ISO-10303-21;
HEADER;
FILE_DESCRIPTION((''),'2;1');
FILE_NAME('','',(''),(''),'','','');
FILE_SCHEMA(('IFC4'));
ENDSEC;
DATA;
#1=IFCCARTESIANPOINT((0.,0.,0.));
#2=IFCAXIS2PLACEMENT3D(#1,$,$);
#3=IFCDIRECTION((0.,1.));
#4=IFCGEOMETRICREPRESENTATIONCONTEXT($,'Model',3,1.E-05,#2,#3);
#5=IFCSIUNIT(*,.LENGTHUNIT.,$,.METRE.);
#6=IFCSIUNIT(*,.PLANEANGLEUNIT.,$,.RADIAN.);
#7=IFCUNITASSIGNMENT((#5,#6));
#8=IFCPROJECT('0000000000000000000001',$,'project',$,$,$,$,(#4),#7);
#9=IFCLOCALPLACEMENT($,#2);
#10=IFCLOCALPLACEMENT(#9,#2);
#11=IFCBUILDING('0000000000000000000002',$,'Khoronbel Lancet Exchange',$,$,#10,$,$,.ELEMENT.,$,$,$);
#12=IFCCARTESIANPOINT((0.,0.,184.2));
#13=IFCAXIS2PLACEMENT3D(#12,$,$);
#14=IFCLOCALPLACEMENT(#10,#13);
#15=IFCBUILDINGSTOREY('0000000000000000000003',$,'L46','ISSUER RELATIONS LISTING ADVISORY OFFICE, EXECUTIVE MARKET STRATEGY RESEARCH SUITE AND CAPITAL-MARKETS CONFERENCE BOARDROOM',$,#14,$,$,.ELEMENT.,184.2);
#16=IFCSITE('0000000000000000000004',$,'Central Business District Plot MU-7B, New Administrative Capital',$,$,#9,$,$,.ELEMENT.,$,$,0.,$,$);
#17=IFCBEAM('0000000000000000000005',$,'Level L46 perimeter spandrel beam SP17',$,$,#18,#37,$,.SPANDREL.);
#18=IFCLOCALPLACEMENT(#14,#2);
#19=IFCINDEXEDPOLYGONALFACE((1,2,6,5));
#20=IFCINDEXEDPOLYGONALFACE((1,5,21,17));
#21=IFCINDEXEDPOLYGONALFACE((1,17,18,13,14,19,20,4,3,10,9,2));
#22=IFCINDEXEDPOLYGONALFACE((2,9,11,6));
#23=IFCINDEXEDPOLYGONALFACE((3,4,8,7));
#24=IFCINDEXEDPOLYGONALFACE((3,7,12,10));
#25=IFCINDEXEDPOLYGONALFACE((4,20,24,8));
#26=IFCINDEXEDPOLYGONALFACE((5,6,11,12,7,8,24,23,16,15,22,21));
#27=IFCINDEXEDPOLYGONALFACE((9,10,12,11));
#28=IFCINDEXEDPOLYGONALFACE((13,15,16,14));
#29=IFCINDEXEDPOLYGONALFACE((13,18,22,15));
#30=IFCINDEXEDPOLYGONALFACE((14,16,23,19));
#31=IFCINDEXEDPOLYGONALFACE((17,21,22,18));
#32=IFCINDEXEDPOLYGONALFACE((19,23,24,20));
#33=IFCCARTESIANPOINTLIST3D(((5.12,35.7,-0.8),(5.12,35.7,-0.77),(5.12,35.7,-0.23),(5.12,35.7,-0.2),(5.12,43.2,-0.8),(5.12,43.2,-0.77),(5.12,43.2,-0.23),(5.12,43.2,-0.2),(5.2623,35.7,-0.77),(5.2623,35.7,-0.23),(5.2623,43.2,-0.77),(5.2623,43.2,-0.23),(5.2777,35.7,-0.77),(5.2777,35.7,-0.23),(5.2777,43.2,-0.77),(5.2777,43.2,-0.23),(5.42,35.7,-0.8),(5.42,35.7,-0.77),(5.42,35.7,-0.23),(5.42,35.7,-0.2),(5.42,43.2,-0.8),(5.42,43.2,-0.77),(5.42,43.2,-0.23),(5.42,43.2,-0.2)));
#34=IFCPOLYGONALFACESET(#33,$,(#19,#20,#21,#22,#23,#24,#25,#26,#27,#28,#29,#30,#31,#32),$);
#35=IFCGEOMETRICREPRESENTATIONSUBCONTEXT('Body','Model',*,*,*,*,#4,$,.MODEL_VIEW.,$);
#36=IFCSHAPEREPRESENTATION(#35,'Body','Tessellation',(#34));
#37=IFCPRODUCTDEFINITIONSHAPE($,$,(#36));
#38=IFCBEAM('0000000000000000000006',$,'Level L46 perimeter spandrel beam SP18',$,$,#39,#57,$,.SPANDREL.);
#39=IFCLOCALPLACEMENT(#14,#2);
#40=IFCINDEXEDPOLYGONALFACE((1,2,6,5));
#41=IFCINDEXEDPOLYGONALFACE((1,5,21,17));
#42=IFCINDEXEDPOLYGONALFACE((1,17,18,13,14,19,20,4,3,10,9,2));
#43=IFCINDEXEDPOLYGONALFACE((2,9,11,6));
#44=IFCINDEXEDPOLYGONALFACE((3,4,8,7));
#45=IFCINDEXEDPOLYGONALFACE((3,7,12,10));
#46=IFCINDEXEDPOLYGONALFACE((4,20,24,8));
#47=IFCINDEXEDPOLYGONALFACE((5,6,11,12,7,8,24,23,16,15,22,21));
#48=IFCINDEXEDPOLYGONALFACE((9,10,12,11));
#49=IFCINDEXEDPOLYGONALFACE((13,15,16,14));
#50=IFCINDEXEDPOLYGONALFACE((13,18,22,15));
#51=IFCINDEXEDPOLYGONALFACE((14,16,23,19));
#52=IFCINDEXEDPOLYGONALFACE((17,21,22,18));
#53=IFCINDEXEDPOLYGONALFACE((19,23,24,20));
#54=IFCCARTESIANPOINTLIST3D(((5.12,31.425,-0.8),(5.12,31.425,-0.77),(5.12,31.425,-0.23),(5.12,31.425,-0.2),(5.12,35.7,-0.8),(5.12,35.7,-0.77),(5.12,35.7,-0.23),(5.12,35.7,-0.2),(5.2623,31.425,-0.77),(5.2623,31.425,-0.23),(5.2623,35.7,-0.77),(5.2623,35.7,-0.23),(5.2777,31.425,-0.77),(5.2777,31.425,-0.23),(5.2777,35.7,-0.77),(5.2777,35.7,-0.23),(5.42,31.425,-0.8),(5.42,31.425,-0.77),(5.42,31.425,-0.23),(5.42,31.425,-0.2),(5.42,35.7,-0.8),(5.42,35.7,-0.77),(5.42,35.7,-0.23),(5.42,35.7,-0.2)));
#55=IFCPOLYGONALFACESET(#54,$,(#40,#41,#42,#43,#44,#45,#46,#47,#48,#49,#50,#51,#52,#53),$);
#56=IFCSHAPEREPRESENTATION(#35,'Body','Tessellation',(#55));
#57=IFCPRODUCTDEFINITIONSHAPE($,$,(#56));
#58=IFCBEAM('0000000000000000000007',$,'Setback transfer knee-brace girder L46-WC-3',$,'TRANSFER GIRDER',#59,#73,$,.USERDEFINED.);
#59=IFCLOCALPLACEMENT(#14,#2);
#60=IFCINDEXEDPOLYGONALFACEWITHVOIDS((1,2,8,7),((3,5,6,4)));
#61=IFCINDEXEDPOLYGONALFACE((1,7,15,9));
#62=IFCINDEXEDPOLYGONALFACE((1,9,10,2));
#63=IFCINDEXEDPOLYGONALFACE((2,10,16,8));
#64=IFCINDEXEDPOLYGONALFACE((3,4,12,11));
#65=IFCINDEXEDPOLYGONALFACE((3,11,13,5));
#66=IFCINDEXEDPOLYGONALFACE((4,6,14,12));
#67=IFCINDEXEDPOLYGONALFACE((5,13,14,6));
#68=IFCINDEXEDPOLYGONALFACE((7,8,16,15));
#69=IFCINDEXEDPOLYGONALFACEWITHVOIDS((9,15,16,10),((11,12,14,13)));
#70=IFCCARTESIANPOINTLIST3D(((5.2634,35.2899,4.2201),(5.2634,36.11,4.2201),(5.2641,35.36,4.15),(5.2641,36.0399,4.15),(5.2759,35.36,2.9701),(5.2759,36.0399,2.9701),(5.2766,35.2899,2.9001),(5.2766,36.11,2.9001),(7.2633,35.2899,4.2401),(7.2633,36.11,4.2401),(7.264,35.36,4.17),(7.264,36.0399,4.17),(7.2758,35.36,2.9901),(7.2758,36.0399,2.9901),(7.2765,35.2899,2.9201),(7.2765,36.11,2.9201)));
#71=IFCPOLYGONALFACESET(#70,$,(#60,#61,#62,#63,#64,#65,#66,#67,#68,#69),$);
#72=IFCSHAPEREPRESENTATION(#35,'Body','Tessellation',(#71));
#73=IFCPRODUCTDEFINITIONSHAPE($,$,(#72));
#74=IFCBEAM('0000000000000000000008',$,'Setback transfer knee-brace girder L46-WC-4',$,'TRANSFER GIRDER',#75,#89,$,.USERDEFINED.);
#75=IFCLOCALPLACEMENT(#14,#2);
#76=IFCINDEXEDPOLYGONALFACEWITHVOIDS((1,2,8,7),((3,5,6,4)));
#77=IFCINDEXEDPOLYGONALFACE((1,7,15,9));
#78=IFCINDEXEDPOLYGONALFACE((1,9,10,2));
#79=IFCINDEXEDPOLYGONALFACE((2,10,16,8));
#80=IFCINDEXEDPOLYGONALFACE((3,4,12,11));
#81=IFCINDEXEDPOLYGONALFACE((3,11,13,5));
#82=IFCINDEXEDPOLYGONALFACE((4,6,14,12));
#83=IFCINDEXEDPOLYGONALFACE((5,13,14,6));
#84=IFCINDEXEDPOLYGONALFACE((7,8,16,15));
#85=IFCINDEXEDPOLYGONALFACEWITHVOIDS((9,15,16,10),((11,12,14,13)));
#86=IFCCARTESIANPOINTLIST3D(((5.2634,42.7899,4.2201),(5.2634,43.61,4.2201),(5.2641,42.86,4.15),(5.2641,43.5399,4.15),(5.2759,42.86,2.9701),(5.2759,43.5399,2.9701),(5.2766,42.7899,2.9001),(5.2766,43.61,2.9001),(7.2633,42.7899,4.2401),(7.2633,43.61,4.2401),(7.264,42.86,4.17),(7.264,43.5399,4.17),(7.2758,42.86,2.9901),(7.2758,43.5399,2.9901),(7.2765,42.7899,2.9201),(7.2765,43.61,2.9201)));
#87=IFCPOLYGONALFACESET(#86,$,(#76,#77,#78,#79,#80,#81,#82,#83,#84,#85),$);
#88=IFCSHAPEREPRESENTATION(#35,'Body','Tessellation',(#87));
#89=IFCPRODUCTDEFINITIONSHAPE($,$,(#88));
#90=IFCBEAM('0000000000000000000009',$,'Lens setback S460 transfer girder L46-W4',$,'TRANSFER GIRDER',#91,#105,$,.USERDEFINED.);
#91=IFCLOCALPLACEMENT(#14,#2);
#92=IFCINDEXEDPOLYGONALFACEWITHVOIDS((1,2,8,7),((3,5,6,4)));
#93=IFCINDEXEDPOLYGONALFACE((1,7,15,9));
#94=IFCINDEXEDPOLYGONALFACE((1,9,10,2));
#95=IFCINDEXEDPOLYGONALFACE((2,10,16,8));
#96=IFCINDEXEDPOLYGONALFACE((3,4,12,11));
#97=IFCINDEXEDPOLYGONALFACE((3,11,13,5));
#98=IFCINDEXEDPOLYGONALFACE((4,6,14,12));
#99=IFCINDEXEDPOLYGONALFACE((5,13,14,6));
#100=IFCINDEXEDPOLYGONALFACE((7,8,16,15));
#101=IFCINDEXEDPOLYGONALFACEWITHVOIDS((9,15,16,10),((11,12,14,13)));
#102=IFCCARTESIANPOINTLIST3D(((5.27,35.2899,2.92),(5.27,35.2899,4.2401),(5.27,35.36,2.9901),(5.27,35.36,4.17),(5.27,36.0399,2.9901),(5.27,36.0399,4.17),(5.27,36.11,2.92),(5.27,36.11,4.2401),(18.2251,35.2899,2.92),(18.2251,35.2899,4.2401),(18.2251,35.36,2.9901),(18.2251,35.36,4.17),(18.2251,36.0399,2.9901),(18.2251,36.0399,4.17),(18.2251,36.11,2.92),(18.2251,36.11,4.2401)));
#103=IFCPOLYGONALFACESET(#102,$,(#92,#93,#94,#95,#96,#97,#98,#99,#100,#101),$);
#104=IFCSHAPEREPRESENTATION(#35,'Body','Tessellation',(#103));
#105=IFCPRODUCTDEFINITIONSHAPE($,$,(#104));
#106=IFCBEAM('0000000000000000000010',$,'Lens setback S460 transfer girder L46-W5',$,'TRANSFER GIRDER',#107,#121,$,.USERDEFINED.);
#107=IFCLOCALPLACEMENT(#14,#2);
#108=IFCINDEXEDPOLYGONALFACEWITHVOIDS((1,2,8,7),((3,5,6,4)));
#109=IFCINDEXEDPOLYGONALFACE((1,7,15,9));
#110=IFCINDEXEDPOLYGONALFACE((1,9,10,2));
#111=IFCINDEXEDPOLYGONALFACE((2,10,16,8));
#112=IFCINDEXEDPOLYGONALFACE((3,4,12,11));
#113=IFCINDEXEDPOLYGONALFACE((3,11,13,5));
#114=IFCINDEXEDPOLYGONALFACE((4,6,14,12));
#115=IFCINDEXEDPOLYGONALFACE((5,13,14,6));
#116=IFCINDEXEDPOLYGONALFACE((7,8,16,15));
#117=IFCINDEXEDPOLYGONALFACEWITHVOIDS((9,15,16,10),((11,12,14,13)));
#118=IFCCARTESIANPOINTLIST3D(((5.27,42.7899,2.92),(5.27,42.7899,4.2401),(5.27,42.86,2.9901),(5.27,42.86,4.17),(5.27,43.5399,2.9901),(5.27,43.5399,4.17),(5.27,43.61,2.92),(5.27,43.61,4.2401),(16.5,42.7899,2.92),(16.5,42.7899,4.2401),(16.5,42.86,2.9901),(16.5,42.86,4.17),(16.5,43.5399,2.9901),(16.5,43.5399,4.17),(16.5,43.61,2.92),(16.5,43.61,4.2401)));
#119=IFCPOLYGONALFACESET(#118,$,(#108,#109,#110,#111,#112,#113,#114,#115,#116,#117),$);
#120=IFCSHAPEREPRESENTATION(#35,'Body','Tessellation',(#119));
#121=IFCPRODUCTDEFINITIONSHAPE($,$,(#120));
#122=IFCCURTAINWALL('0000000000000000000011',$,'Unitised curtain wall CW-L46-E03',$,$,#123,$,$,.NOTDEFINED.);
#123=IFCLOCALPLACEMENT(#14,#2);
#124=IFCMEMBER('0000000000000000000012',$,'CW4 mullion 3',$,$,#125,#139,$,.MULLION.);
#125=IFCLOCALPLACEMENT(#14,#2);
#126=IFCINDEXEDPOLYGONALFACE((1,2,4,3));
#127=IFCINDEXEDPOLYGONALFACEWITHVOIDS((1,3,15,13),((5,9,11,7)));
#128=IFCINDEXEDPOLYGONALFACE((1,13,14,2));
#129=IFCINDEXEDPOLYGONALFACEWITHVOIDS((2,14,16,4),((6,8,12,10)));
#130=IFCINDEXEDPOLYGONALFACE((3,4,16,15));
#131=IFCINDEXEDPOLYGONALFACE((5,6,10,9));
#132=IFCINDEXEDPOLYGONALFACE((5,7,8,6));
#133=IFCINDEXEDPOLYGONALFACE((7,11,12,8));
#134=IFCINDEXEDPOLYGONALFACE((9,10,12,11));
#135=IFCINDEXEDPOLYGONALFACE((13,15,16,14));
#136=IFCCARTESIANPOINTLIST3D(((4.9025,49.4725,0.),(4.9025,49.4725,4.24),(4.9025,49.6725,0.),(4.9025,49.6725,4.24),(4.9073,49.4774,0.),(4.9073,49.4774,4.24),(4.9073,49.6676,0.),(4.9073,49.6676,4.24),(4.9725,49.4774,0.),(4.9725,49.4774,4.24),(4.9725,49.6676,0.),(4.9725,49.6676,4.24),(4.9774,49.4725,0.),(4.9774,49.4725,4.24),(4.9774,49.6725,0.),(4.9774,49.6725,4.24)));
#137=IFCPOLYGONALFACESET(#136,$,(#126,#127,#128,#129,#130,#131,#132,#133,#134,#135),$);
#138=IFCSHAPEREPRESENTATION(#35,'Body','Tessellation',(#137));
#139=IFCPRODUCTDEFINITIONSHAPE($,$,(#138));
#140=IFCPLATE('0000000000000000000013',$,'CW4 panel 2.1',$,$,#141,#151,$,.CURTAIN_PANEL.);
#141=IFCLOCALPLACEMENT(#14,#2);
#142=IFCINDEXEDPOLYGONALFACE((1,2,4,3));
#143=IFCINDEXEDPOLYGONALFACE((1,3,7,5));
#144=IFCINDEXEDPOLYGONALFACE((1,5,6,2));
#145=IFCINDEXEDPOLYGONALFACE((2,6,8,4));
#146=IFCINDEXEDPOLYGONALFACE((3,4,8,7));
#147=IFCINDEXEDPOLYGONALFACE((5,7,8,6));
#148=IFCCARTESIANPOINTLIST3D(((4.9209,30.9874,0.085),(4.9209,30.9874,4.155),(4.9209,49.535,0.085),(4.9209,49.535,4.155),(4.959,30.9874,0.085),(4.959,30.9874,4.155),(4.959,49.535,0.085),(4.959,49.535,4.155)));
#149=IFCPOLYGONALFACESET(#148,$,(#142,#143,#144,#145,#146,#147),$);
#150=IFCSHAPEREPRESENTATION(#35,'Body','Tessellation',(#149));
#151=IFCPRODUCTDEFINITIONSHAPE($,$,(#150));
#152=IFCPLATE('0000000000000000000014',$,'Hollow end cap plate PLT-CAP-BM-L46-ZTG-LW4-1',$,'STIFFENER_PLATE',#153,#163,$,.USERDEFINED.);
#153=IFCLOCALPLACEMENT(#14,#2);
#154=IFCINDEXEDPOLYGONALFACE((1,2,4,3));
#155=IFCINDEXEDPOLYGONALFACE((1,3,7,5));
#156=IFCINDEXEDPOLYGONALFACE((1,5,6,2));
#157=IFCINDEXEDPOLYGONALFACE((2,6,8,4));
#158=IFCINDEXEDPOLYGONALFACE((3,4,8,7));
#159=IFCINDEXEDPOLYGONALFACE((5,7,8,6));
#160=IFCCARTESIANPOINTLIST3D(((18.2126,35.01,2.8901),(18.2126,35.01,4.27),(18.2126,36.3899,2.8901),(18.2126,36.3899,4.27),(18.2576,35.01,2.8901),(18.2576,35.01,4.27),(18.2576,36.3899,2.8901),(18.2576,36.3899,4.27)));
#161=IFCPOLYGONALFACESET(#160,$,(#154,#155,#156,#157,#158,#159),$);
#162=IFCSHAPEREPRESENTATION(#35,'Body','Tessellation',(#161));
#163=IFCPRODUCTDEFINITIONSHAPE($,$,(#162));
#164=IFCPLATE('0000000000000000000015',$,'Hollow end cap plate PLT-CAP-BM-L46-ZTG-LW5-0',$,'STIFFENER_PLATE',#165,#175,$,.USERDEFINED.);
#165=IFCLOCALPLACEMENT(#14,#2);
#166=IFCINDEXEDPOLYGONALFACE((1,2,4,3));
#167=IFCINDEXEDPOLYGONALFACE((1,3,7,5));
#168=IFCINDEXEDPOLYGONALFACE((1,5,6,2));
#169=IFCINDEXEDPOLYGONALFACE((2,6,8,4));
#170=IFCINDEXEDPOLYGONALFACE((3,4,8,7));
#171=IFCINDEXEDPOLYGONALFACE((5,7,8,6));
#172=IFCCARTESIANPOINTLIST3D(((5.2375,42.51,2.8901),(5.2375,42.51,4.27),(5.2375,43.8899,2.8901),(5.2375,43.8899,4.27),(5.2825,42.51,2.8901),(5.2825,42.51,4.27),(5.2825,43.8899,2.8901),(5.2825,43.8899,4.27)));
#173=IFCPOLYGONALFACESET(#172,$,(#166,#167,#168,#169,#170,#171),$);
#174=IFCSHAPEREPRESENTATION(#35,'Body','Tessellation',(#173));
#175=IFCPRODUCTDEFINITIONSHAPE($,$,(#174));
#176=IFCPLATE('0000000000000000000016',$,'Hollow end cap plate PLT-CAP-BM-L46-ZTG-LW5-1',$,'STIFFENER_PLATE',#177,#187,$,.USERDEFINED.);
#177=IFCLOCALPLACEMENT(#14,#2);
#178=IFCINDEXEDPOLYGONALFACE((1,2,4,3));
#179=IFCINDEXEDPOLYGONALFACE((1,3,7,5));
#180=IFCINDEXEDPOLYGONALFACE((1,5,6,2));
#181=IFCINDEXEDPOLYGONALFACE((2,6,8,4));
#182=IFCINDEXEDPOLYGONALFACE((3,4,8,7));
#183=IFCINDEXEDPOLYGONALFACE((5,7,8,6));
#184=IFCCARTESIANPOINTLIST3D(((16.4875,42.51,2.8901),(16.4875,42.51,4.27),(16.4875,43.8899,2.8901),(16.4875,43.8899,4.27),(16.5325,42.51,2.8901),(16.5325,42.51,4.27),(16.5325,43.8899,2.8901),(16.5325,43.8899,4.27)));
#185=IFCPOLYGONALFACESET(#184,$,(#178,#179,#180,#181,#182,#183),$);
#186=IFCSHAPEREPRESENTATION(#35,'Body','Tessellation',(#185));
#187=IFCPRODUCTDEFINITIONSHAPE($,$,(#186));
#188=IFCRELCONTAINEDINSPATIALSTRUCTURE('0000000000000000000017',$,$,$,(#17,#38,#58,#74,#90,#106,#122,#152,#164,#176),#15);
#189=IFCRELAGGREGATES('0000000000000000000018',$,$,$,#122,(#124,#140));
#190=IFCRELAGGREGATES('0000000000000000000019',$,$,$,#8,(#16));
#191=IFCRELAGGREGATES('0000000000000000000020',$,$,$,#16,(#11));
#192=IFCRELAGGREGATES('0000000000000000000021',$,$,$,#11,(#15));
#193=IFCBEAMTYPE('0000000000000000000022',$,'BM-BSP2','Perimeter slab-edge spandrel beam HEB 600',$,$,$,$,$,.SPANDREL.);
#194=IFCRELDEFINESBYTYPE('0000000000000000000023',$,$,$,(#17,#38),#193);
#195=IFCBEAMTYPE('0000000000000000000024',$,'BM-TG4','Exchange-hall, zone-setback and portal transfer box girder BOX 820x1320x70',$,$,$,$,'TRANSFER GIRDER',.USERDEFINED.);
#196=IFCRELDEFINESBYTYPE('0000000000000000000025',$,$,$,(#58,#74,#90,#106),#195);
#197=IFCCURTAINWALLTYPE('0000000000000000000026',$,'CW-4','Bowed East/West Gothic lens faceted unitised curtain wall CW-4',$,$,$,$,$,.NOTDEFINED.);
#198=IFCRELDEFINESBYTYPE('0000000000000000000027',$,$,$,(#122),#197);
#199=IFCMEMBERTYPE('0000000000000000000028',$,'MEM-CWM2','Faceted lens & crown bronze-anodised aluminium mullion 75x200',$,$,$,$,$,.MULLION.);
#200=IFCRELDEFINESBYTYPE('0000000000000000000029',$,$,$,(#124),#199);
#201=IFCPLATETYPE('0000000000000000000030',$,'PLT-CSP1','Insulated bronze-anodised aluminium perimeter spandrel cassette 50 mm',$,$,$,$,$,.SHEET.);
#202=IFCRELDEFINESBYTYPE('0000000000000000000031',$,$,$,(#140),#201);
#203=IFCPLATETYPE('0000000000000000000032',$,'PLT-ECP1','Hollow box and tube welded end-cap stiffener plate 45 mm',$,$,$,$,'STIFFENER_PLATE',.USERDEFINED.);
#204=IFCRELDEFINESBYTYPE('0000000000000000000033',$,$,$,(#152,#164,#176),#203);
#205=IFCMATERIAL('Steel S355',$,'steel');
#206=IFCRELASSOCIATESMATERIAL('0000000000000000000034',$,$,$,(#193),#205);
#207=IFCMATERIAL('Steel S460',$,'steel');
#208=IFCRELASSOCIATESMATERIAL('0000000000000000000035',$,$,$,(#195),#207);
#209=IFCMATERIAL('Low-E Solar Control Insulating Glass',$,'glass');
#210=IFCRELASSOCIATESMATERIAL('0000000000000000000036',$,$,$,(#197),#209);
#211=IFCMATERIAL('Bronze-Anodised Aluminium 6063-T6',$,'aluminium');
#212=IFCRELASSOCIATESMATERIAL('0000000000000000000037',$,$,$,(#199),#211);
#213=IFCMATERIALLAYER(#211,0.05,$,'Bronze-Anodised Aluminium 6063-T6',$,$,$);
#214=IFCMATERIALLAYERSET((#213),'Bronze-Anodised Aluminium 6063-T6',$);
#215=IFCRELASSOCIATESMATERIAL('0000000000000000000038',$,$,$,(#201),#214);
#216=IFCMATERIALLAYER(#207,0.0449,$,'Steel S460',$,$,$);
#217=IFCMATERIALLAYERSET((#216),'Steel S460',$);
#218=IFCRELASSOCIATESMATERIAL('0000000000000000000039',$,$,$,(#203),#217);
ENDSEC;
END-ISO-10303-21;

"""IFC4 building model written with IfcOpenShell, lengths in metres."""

from ifc_helpers import new_model, si_unit, direction, frame, origin, origin_2d, place, context, subcontext, project, spatial, rectangle, hollow_rectangle, i_section, extrude, material, layer, layer_set, material_profile, profile_set, type_object, element, aggregate, save


model = new_model("IFC4")

# Units and contexts
model_context = context("Model", 3, precision=1e-05, world=origin(), true_north=direction((0.0, 1.0)))
body_context = subcontext(model_context, "Body", "Model", "MODEL_VIEW")
ifc_project = project(units=[si_unit("LENGTHUNIT", "METRE"), si_unit("PLANEANGLEUNIT", "RADIAN")], contexts=[model_context])

# Site, building, storey
site_placement = place(None, origin())
site = spatial("IfcSite", under=ifc_project, at=site_placement, Name="Central Business District Plot MU-7B, New Administrative Capital", CompositionType="ELEMENT", RefElevation=0.0)
building_placement = place(site_placement, origin())
building = spatial("IfcBuilding", under=site, at=building_placement, Name="Khoronbel Lancet Exchange", CompositionType="ELEMENT")
storey_placement = place(building_placement, frame((0.0, 0.0, 184.2)))
storey = spatial("IfcBuildingStorey", under=building, at=storey_placement, Name="L46", Description="ISSUER RELATIONS LISTING ADVISORY OFFICE, EXECUTIVE MARKET STRATEGY RESEARCH SUITE AND CAPITAL-MARKETS CONFERENCE BOARDROOM", CompositionType="ELEMENT", Elevation=184.2)

# Shared definitions
ifc_material_1 = material(Name="Steel S460", Category="steel")
ifc_material_2 = material(Name="Steel S355", Category="steel")

# Beams
ifc_material_profile_1 = material_profile(ifc_material_2, i_section(OverallWidth=0.3, OverallDepth=0.6001, WebThickness=0.0154, FlangeThickness=0.03, at=origin_2d()), Name="HEB 600")
ifc_profile_set_1 = profile_set([ifc_material_profile_1], Name="Steel S355")
beam_type_1 = type_object("IfcBeamType", Name="BM-BSP2", Description="Perimeter slab-edge spandrel beam HEB 600", PredefinedType="SPANDREL", material=ifc_profile_set_1)
beam_1_placement = place(storey_placement, frame((5.27, 43.2, -0.5), z_axis=(0.0, -1.0, 0.0), x_axis=(1.0, 0.0, 0.0)))
element("IfcBeam", 1, at=beam_1_placement, inside=storey, type_object=beam_type_1, Name="Level L46 perimeter spandrel beam SP17", PredefinedType="SPANDREL", context=body_context, shape_type="SweptSolid", body=[
    extrude(i_section(OverallWidth=0.3, OverallDepth=0.6001, WebThickness=0.0154, FlangeThickness=0.03, at=origin_2d()), origin(), (0.0, 0.0, 1.0), 7.5),
])
beam_2_placement = place(storey_placement, frame((5.27, 35.7, -0.5), z_axis=(0.0, -1.0, 0.0), x_axis=(1.0, 0.0, 0.0)))
element("IfcBeam", 2, at=beam_2_placement, inside=storey, type_object=beam_type_1, Name="Level L46 perimeter spandrel beam SP18", PredefinedType="SPANDREL", context=body_context, shape_type="SweptSolid", body=[
    extrude(i_section(OverallWidth=0.3, OverallDepth=0.6001, WebThickness=0.0154, FlangeThickness=0.03, at=origin_2d()), origin(), (0.0, 0.0, 1.0), 4.2749),
])
ifc_material_profile_2 = material_profile(ifc_material_1, hollow_rectangle(XDim=0.8201, YDim=1.3201, WallThickness=0.0701, at=origin_2d()), Name="BOX 820x1320x70")
ifc_profile_set_2 = profile_set([ifc_material_profile_2], Name="Steel S460")
beam_type_2 = type_object("IfcBeamType", Name="BM-TG4", Description="Exchange-hall, zone-setback and portal transfer box girder BOX 820x1320x70", ElementType="TRANSFER GIRDER", PredefinedType="USERDEFINED", material=ifc_profile_set_2)
for number, where, z_axis, x_axis, name in (
    (3, (5.27, 35.7, 3.5601), (0.99995, 0.0, 0.010009), (0.0, 1.0, 0.0), "Setback transfer knee-brace girder L46-WC-3"),
    (4, (5.27, 43.2, 3.5601), (0.99995, 0.0, 0.010009), (0.0, 1.0, 0.0), "Setback transfer knee-brace girder L46-WC-4"),
):
    element("IfcBeam", number, at=place(storey_placement, frame(where, z_axis=z_axis, x_axis=x_axis)), inside=storey, type_object=beam_type_2, Name=name, ObjectType="TRANSFER GIRDER", PredefinedType="USERDEFINED", context=body_context, shape_type="SweptSolid", body=[
        extrude(hollow_rectangle(XDim=0.8201, YDim=1.3201, WallThickness=0.0701, at=origin_2d()), origin(), (0.0, 0.0, 1.0), 2.0),
    ])
beam_3_placement = place(storey_placement, frame((5.27, 35.7, 3.5801), z_axis=(1.0, 0.0, 0.0), x_axis=(0.0, 1.0, 0.0)))
element("IfcBeam", 5, at=beam_3_placement, inside=storey, type_object=beam_type_2, Name="Lens setback S460 transfer girder L46-W4", ObjectType="TRANSFER GIRDER", PredefinedType="USERDEFINED", context=body_context, shape_type="SweptSolid", body=[
    extrude(hollow_rectangle(XDim=0.8201, YDim=1.3201, WallThickness=0.0701, at=origin_2d()), origin(), (0.0, 0.0, 1.0), 12.9551),
])
beam_4_placement = place(storey_placement, frame((5.27, 43.2, 3.5801), z_axis=(1.0, 0.0, 0.0), x_axis=(0.0, 1.0, 0.0)))
element("IfcBeam", 6, at=beam_4_placement, inside=storey, type_object=beam_type_2, Name="Lens setback S460 transfer girder L46-W5", ObjectType="TRANSFER GIRDER", PredefinedType="USERDEFINED", context=body_context, shape_type="SweptSolid", body=[
    extrude(hollow_rectangle(XDim=0.8201, YDim=1.3201, WallThickness=0.0701, at=origin_2d()), origin(), (0.0, 0.0, 1.0), 11.23),
])

# Curtain wall, member, plate
ifc_material_3 = material(Name="Low-E Solar Control Insulating Glass", Category="glass")
curtain_wall_type = type_object("IfcCurtainWallType", Name="CW-4", Description="Bowed East/West Gothic lens faceted unitised curtain wall CW-4", PredefinedType="NOTDEFINED", material=ifc_material_3)
curtain_wall_placement = place(storey_placement, origin())
curtain_wall = element("IfcCurtainWall", 7, at=curtain_wall_placement, inside=storey, type_object=curtain_wall_type, Name="Unitised curtain wall CW-L46-E03", PredefinedType="NOTDEFINED")
ifc_material_4 = material(Name="Bronze-Anodised Aluminium 6063-T6", Category="aluminium")
ifc_material_profile_3 = material_profile(ifc_material_4, hollow_rectangle(XDim=0.075, YDim=0.2, WallThickness=0.0049, at=origin_2d()), Name="ALU MULLION 75x200")
ifc_profile_set_3 = profile_set([ifc_material_profile_3], Name="Bronze-Anodised Aluminium 6063-T6")
member_type = type_object("IfcMemberType", Name="MEM-CWM2", Description="Faceted lens & crown bronze-anodised aluminium mullion 75x200", PredefinedType="MULLION", material=ifc_profile_set_3)
member_placement = place(storey_placement, frame((4.9399, 49.5725, 0.0), z_axis=(0.0, 0.0, 1.0), x_axis=(-1.0, 0.0, 0.0)))
member = element("IfcMember", 8, at=member_placement, type_object=member_type, Name="CW4 mullion 3", PredefinedType="MULLION", context=body_context, shape_type="SweptSolid", body=[
    extrude(hollow_rectangle(XDim=0.075, YDim=0.2, WallThickness=0.0049, at=origin_2d()), origin(), (0.0, 0.0, 1.0), 4.24),
])
ifc_layer_1 = layer(ifc_material_4, 0.05, Name="Bronze-Anodised Aluminium 6063-T6")
ifc_layer_set_1 = layer_set([ifc_layer_1], Name="Bronze-Anodised Aluminium 6063-T6")
plate_type_1 = type_object("IfcPlateType", Name="PLT-CSP1", Description="Insulated bronze-anodised aluminium perimeter spandrel cassette 50 mm", PredefinedType="SHEET", material=ifc_layer_set_1)
plate_placement = place(storey_placement, frame((4.9399, 40.2612, 0.085), z_axis=(0.0, 0.0, 1.0), x_axis=(0.0, 1.0, 0.0)))
plate = element("IfcPlate", 9, at=plate_placement, type_object=plate_type_1, Name="CW4 panel 2.1", PredefinedType="CURTAIN_PANEL", context=body_context, shape_type="SweptSolid", body=[
    extrude(rectangle(XDim=18.5476, YDim=0.0381, at=origin_2d()), origin(), (0.0, 0.0, 1.0), 4.0701),
])
aggregate(curtain_wall, [member, plate])

# Plates
ifc_layer_2 = layer(ifc_material_1, 0.0449, Name="Steel S460")
ifc_layer_set_2 = layer_set([ifc_layer_2], Name="Steel S460")
plate_type_2 = type_object("IfcPlateType", Name="PLT-ECP1", Description="Hollow box and tube welded end-cap stiffener plate 45 mm", ElementType="STIFFENER_PLATE", PredefinedType="USERDEFINED", material=ifc_layer_set_2)
for number, where, z_axis, x_axis, name in (
    (10, (18.2351, 35.7, 2.8901), (0.0, 0.0, 1.0), (1.0, 0.0, 0.0), "Hollow end cap plate PLT-CAP-BM-L46-ZTG-LW4-1"),
    (11, (5.26, 43.2, 2.8901), (0.0, 0.0, 1.0), (-1.0, 0.0, 0.0), "Hollow end cap plate PLT-CAP-BM-L46-ZTG-LW5-0"),
    (12, (16.51, 43.2, 2.8901), (0.0, 0.0, 1.0), (1.0, 0.0, 0.0), "Hollow end cap plate PLT-CAP-BM-L46-ZTG-LW5-1"),
):
    element("IfcPlate", number, at=place(storey_placement, frame(where, z_axis=z_axis, x_axis=x_axis)), inside=storey, type_object=plate_type_2, Name=name, ObjectType="STIFFENER_PLATE", PredefinedType="USERDEFINED", context=body_context, shape_type="SweptSolid", body=[
        extrude(rectangle(XDim=0.0449, YDim=1.3799, at=origin_2d()), origin(), (0.0, 0.0, 1.0), 1.3799),
    ])

save(model, "model.ifc")
